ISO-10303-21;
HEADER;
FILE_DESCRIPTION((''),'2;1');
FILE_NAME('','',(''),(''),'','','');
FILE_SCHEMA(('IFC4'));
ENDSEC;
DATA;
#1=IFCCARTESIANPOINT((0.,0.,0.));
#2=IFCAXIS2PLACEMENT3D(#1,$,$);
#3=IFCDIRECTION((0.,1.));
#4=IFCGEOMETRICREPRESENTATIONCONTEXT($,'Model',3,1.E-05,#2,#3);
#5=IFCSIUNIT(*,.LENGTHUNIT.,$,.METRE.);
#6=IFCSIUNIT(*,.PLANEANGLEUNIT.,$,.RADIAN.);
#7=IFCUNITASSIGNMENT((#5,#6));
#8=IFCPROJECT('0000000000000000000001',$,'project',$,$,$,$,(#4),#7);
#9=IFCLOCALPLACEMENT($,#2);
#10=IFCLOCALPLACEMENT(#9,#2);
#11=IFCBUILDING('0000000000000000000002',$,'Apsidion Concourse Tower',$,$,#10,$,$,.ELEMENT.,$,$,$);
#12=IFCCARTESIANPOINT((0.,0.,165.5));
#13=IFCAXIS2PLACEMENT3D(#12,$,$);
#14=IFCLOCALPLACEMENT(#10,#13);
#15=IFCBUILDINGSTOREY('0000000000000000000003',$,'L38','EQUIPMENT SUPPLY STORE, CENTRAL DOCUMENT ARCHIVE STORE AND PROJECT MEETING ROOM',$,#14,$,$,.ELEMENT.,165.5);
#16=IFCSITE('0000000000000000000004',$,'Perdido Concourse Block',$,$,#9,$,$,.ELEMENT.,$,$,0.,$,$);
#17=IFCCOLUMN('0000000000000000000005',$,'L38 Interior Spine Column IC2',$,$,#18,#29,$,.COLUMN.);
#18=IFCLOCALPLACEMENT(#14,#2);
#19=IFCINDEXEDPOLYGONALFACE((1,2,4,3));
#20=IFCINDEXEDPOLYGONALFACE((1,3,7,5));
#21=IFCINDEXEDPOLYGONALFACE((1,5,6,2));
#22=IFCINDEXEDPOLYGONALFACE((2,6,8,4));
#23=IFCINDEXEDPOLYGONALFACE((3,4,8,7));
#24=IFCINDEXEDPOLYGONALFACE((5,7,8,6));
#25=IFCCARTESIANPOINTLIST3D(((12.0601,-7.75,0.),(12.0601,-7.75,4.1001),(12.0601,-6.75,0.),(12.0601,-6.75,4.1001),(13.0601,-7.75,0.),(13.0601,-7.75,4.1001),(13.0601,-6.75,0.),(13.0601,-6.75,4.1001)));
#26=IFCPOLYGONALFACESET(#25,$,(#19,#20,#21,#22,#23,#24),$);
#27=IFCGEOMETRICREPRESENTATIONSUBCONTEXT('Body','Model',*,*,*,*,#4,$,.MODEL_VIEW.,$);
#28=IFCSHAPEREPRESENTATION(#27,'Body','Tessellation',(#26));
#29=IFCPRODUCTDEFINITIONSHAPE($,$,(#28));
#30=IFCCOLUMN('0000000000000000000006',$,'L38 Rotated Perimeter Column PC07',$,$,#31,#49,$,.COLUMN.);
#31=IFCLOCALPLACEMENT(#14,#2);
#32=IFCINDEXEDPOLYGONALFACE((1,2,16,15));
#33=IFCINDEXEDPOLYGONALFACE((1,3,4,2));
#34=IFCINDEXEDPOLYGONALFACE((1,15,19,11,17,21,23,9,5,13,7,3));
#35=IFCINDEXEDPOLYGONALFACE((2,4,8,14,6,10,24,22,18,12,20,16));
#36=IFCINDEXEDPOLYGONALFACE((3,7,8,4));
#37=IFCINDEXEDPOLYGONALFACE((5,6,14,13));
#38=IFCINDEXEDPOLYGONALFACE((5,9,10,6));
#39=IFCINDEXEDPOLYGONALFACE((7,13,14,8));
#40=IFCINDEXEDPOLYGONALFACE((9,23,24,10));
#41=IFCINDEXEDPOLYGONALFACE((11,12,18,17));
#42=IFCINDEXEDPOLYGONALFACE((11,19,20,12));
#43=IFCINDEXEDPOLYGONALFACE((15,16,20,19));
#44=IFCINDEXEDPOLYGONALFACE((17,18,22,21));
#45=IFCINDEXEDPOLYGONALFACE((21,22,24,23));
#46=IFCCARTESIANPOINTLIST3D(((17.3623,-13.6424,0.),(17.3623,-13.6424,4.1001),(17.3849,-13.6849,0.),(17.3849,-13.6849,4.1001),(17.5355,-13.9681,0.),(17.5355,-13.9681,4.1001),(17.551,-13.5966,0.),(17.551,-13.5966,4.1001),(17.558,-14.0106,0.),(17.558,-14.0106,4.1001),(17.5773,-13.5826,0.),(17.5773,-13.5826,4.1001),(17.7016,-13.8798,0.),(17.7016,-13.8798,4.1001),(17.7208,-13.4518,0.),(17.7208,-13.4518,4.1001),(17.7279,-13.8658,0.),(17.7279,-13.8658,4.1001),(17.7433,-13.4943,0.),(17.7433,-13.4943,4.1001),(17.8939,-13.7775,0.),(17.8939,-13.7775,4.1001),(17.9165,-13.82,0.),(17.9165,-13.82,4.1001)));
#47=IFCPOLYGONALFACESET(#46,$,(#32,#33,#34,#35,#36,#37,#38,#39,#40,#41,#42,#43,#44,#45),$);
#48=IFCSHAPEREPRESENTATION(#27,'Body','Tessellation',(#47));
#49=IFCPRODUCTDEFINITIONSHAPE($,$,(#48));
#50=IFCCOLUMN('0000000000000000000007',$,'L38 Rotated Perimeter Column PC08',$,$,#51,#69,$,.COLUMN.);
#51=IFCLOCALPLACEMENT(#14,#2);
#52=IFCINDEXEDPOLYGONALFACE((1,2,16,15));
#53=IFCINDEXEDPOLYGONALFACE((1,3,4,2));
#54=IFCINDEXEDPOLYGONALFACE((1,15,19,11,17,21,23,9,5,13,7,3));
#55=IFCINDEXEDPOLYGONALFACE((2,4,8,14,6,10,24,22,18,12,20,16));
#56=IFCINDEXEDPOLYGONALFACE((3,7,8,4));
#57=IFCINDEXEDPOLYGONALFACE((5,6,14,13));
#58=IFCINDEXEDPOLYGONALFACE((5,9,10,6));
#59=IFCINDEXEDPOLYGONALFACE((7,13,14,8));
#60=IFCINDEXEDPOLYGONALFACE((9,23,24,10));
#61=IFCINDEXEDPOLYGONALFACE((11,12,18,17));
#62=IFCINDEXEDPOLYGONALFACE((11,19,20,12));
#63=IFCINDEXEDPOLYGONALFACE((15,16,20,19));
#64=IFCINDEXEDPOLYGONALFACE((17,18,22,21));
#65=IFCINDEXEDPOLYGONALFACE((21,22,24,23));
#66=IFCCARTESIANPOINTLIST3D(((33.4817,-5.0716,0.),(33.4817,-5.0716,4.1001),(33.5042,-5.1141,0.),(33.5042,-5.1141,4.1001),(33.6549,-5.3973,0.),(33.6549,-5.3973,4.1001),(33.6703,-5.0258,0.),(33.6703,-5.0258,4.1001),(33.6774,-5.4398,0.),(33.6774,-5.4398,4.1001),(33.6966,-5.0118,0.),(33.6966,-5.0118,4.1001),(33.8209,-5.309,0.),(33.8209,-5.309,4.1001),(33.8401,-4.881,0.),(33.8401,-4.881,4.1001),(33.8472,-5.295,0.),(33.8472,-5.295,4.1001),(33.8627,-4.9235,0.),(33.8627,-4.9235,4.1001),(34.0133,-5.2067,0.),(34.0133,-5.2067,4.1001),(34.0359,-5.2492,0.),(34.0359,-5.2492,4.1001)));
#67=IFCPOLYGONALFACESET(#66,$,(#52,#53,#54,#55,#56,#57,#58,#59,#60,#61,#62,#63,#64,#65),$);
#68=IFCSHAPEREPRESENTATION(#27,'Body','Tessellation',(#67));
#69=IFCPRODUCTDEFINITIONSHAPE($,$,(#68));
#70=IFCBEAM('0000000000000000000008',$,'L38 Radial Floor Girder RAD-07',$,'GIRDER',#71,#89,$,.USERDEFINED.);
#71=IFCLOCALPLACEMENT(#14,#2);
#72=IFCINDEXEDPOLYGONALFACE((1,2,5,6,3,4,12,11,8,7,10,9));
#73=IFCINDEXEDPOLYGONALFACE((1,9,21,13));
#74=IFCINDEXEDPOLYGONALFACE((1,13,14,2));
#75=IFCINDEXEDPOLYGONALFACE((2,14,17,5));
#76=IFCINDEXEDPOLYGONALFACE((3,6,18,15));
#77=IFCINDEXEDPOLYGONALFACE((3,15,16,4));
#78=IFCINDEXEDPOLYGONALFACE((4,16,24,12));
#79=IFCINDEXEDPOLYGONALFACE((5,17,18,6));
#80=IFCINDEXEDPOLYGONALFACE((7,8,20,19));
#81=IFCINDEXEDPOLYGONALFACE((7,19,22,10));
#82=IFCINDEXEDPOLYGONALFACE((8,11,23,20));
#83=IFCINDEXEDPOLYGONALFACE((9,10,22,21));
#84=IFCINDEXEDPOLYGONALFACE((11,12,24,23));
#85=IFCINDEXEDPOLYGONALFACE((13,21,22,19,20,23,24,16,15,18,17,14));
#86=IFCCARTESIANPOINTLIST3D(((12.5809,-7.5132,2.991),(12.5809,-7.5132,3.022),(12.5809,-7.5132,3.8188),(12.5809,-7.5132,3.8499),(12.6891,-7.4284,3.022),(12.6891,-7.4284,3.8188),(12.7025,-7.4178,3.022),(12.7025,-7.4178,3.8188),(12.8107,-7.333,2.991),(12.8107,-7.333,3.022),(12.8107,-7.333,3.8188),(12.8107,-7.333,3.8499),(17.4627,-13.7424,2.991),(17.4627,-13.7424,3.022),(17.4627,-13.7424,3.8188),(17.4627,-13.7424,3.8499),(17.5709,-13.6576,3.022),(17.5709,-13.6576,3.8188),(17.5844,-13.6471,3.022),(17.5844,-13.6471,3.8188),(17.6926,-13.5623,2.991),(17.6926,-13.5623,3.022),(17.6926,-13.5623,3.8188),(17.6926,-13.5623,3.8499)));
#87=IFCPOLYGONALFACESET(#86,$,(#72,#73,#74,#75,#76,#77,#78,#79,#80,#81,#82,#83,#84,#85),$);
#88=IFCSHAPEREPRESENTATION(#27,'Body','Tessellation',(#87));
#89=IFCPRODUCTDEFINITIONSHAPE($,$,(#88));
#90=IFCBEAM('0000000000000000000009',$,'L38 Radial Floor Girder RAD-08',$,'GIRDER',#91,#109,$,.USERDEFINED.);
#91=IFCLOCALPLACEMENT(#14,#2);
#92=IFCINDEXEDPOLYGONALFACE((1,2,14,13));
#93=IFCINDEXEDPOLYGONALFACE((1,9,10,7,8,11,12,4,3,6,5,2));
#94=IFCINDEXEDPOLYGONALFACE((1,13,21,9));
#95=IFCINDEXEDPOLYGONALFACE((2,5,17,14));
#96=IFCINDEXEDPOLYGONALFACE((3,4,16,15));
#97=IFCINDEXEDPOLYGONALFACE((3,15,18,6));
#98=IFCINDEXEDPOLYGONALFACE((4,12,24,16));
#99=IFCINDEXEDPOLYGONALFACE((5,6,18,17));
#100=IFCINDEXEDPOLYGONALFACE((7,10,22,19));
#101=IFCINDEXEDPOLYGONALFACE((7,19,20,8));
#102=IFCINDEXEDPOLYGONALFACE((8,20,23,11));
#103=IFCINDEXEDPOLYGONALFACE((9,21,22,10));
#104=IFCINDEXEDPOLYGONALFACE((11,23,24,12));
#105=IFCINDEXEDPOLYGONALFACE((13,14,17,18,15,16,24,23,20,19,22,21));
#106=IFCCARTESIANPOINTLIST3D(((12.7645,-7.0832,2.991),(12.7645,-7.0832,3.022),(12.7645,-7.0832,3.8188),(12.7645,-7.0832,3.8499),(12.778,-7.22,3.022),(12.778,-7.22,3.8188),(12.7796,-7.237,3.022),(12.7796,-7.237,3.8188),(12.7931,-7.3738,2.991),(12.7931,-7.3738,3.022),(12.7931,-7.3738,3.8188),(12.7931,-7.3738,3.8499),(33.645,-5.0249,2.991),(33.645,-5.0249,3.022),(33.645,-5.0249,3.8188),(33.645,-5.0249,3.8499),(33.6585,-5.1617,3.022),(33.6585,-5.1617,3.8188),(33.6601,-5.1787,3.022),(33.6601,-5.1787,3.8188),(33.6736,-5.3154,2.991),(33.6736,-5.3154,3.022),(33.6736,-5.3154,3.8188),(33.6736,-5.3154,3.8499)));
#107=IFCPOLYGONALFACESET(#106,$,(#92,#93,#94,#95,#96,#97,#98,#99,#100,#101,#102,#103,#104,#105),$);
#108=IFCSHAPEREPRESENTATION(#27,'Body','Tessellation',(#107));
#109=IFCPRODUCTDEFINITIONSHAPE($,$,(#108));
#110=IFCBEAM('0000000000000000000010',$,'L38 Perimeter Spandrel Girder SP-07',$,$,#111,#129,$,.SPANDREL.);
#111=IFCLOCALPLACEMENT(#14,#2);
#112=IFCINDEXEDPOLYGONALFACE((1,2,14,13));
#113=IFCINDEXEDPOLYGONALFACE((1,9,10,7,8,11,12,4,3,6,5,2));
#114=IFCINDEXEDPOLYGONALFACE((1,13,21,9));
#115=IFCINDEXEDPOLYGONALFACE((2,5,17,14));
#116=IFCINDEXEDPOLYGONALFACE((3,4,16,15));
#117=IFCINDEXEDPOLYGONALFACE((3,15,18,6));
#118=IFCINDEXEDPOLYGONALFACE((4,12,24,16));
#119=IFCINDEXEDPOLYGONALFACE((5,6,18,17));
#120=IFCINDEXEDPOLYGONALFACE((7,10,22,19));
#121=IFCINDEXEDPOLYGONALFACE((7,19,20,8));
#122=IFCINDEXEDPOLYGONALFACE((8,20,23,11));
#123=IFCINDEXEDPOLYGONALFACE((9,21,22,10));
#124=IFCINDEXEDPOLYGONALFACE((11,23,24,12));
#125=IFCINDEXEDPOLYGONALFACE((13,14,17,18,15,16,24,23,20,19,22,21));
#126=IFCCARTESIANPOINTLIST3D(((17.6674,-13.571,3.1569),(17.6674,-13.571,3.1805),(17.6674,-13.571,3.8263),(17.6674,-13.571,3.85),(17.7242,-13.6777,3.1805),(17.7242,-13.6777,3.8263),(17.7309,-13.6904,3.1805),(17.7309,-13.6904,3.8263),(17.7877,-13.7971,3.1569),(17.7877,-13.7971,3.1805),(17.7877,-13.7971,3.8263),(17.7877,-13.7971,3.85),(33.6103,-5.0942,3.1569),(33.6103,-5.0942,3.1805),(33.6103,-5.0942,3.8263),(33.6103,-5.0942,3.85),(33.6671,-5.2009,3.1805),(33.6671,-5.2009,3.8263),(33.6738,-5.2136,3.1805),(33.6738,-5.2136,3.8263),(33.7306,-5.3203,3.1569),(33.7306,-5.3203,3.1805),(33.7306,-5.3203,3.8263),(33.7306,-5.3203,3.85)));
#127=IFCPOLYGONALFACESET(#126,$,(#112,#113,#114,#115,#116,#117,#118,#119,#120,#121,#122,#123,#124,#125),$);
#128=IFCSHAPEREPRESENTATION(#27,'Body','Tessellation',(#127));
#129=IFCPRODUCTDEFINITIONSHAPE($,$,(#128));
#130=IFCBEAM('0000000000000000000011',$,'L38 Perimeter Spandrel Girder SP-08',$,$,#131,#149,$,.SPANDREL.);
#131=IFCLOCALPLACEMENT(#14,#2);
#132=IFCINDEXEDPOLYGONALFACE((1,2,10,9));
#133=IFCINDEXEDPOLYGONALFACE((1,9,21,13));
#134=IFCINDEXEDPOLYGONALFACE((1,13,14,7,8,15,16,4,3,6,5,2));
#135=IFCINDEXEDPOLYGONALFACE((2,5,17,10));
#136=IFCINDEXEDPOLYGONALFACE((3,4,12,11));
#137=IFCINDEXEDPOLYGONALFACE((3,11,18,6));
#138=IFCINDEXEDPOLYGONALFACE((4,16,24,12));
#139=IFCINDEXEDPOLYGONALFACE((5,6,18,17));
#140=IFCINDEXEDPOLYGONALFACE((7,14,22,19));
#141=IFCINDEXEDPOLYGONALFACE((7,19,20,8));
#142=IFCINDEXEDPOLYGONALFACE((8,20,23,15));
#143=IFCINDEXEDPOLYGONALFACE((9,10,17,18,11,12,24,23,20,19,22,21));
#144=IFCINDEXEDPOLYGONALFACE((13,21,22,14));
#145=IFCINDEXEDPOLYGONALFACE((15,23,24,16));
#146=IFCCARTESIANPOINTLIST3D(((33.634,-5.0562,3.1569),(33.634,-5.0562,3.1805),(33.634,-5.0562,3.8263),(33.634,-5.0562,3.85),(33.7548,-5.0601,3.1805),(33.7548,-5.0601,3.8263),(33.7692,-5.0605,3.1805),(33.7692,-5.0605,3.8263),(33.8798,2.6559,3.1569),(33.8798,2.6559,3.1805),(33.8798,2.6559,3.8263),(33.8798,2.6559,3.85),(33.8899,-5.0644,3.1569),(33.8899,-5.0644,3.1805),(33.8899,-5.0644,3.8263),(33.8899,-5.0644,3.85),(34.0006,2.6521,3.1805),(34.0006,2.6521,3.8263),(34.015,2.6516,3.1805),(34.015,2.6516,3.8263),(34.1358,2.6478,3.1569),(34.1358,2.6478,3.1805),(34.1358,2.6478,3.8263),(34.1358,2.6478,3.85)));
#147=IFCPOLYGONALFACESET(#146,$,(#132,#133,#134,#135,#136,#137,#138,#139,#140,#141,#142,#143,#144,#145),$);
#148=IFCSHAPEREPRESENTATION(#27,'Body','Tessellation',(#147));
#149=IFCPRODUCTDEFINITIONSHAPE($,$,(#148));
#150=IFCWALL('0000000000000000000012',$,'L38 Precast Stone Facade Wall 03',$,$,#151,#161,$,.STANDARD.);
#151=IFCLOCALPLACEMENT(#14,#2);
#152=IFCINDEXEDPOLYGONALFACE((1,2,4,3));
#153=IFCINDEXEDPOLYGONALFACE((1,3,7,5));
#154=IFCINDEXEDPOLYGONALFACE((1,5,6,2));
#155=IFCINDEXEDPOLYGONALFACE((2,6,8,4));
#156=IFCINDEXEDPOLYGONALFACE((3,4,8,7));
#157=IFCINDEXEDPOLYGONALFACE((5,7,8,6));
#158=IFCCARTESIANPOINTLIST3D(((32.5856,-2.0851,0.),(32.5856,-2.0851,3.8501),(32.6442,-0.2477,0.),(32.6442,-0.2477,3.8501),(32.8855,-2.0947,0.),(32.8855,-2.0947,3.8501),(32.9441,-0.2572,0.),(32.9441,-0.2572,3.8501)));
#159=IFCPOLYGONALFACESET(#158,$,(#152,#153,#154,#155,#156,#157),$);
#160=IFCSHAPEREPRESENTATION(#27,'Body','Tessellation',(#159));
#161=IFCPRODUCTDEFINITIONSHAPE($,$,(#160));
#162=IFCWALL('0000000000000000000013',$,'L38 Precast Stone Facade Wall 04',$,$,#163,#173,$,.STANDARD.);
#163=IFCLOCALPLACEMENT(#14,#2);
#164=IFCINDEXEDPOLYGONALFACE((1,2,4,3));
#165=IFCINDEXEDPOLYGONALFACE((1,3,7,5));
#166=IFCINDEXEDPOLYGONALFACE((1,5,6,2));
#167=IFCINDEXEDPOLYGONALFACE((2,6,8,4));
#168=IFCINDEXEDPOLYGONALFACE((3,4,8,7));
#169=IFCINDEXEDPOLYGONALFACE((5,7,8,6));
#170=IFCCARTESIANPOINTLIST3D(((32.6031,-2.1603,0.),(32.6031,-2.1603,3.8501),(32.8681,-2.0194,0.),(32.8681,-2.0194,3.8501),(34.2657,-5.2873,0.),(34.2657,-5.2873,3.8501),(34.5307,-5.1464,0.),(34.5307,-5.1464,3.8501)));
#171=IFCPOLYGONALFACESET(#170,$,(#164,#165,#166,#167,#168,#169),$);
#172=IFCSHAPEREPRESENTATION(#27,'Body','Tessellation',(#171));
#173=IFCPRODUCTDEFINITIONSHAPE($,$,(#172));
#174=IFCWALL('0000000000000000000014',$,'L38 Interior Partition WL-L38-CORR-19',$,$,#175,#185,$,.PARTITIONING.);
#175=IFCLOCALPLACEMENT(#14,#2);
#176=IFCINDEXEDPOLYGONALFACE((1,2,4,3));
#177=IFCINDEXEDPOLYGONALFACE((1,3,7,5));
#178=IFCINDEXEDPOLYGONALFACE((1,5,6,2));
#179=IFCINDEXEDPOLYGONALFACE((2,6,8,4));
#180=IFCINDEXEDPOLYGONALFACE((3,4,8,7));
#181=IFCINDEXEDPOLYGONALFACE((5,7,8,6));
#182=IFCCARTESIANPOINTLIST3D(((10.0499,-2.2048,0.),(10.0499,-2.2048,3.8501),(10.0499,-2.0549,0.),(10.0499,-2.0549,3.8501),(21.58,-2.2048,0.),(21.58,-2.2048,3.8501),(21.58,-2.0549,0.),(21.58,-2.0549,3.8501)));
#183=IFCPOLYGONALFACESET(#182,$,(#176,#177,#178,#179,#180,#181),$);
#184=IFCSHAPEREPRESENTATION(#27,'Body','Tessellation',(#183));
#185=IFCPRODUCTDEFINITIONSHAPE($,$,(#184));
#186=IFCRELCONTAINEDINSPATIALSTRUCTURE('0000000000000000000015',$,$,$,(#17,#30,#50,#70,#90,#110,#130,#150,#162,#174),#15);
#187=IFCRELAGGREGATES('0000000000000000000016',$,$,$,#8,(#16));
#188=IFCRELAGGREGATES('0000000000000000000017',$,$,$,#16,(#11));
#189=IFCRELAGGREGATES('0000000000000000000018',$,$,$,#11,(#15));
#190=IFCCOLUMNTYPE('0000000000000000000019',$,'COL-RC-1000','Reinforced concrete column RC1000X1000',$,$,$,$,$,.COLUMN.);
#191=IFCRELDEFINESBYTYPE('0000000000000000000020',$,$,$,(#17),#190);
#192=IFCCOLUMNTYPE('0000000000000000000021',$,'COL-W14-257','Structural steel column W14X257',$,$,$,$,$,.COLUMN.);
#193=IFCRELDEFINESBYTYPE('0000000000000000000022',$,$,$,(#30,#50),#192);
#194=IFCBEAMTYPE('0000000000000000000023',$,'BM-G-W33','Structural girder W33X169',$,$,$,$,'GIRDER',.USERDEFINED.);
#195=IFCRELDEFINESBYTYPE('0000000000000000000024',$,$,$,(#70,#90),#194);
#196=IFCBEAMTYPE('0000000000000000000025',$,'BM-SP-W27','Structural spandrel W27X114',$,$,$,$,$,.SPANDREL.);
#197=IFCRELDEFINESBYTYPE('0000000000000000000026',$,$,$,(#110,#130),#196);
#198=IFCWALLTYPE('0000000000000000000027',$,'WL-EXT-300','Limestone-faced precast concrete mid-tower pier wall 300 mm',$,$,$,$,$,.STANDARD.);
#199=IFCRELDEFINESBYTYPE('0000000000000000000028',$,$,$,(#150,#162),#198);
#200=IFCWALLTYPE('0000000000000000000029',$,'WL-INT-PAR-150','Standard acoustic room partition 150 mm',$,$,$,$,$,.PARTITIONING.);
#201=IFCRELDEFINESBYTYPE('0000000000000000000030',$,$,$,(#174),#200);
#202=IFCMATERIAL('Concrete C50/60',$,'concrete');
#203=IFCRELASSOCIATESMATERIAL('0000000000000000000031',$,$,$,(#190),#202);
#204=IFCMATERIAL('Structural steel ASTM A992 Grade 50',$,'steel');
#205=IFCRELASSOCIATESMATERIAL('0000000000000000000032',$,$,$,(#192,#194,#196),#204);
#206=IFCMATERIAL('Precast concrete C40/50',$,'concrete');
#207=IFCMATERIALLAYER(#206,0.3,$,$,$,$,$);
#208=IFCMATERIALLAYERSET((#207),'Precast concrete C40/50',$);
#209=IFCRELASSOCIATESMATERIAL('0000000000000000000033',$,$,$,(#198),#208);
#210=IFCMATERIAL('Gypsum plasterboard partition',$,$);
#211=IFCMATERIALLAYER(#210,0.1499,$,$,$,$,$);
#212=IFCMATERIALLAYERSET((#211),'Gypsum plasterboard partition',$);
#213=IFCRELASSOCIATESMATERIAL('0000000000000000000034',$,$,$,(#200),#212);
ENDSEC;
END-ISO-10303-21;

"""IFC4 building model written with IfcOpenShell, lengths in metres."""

from ifc_helpers import new_model, si_unit, direction, frame, frame_2d, origin, origin_2d, place, context, subcontext, project, spatial, rectangle, i_section, extrude, material, layer, layer_set, material_profile, profile_set, type_object, element, save


model = new_model("IFC4")

# Units and contexts
model_context = context("Model", 3, precision=1e-05, world=origin(), true_north=direction((0.0, 1.0)))
body_context = subcontext(model_context, "Body", "Model", "MODEL_VIEW")
ifc_project = project(units=[si_unit("LENGTHUNIT", "METRE"), si_unit("PLANEANGLEUNIT", "RADIAN")], contexts=[model_context])

# Site, building, storey
site_placement = place(None, origin())
site = spatial("IfcSite", under=ifc_project, at=site_placement, Name="Perdido Concourse Block", CompositionType="ELEMENT", RefElevation=0.0)
building_placement = place(site_placement, origin())
building = spatial("IfcBuilding", under=site, at=building_placement, Name="Apsidion Concourse Tower", CompositionType="ELEMENT")
storey_placement = place(building_placement, frame((0.0, 0.0, 165.5)))
storey = spatial("IfcBuildingStorey", under=building, at=storey_placement, Name="L38", Description="EQUIPMENT SUPPLY STORE, CENTRAL DOCUMENT ARCHIVE STORE AND PROJECT MEETING ROOM", CompositionType="ELEMENT", Elevation=165.5)

# Columns
ifc_material_1 = material(Name="Concrete C50/60", Category="concrete")
ifc_material_profile_1 = material_profile(ifc_material_1, rectangle(XDim=1.0, YDim=1.0, at=origin_2d()), Name="RC 1000x1000")
ifc_profile_set_1 = profile_set([ifc_material_profile_1], Name="Concrete C50/60")
column_type_1 = type_object("IfcColumnType", Name="COL-RC-1000", Description="Reinforced concrete column RC1000X1000", PredefinedType="COLUMN", material=ifc_profile_set_1)
column_placement = place(storey_placement, frame((12.5601, -7.25, 0.0), z_axis=(0.0, 0.0, 1.0), x_axis=(1.0, 0.0, 0.0)))
element("IfcColumn", 1, at=column_placement, inside=storey, type_object=column_type_1, Name="L38 Interior Spine Column IC2", PredefinedType="COLUMN", context=body_context, shape_type="SweptSolid", body=[
    extrude(rectangle(XDim=1.0, YDim=1.0, at=origin_2d()), origin(), (0.0, 0.0, 1.0), 4.1001),
])
ifc_material_2 = material(Name="Structural steel ASTM A992 Grade 50", Category="steel")
ifc_material_profile_2 = material_profile(ifc_material_2, i_section(OverallWidth=0.406, OverallDepth=0.417, WebThickness=0.0298, FlangeThickness=0.0481, at=origin_2d()), Name="W14X257")
ifc_profile_set_2 = profile_set([ifc_material_profile_2], Name="Structural steel ASTM A992 Grade 50")
column_type_2 = type_object("IfcColumnType", Name="COL-W14-257", Description="Structural steel column W14X257", PredefinedType="COLUMN", material=ifc_profile_set_2)
for number, where, z_axis, x_axis, name in (
    (2, (17.6394, -13.7312, 0.0), (0.0, 0.0, 1.0), (0.882948, 0.469472, 0.0), "L38 Rotated Perimeter Column PC07"),
    (3, (33.7588, -5.1604, 0.0), (0.0, 0.0, 1.0), (0.882948, 0.469472, 0.0), "L38 Rotated Perimeter Column PC08"),
):
    element("IfcColumn", number, at=place(storey_placement, frame(where, z_axis=z_axis, x_axis=x_axis)), inside=storey, type_object=column_type_2, Name=name, PredefinedType="COLUMN", context=body_context, shape_type="SweptSolid", body=[
        extrude(i_section(OverallWidth=0.406, OverallDepth=0.417, WebThickness=0.0298, FlangeThickness=0.0481, at=origin_2d()), origin(), (0.0, 0.0, 1.0), 4.1001),
    ])

# Beams
ifc_material_profile_3 = material_profile(ifc_material_2, i_section(OverallWidth=0.292, OverallDepth=0.8589, WebThickness=0.0171, FlangeThickness=0.031, at=origin_2d()), Name="W33X169")
ifc_profile_set_3 = profile_set([ifc_material_profile_3], Name="Structural steel ASTM A992 Grade 50")
beam_type_1 = type_object("IfcBeamType", Name="BM-G-W33", Description="Structural girder W33X169", ElementType="GIRDER", PredefinedType="USERDEFINED", material=ifc_profile_set_3)
beam_1_placement = place(storey_placement, frame((12.6958, -7.4231, 3.4204), z_axis=(0.616839, -0.78709, 0.0), x_axis=(0.78709, 0.616839, 0.0)))
element("IfcBeam", 4, at=beam_1_placement, inside=storey, type_object=beam_type_1, Name="L38 Radial Floor Girder RAD-07", ObjectType="GIRDER", PredefinedType="USERDEFINED", context=body_context, shape_type="SweptSolid", body=[
    extrude(i_section(OverallWidth=0.292, OverallDepth=0.8589, WebThickness=0.0171, FlangeThickness=0.031, at=origin_2d()), origin(), (0.0, 0.0, 1.0), 7.9143),
])
beam_2_placement = place(storey_placement, frame((12.7788, -7.2285, 3.4204), z_axis=(0.995176, 0.098103, 0.0), x_axis=(-0.098103, 0.995176, 0.0)))
element("IfcBeam", 5, at=beam_2_placement, inside=storey, type_object=beam_type_1, Name="L38 Radial Floor Girder RAD-08", ObjectType="GIRDER", PredefinedType="USERDEFINED", context=body_context, shape_type="SweptSolid", body=[
    extrude(i_section(OverallWidth=0.292, OverallDepth=0.8589, WebThickness=0.0171, FlangeThickness=0.031, at=origin_2d()), origin(), (0.0, 0.0, 1.0), 20.9817),
])
ifc_material_profile_4 = material_profile(ifc_material_2, i_section(OverallWidth=0.2561, OverallDepth=0.6931, WebThickness=0.0144, FlangeThickness=0.0237, at=origin_2d()), Name="W27X114")
ifc_profile_set_4 = profile_set([ifc_material_profile_4], Name="Structural steel ASTM A992 Grade 50")
beam_type_2 = type_object("IfcBeamType", Name="BM-SP-W27", Description="Structural spandrel W27X114", PredefinedType="SPANDREL", material=ifc_profile_set_4)
beam_3_placement = place(storey_placement, frame((17.7275, -13.6841, 3.5034), z_axis=(0.882951, 0.469464, 0.0), x_axis=(-0.469464, 0.882951, 0.0)))
element("IfcBeam", 6, at=beam_3_placement, inside=storey, type_object=beam_type_2, Name="L38 Perimeter Spandrel Girder SP-07", PredefinedType="SPANDREL", context=body_context, shape_type="SweptSolid", body=[
    extrude(i_section(OverallWidth=0.2561, OverallDepth=0.6931, WebThickness=0.0144, FlangeThickness=0.0237, at=origin_2d()), origin(), (0.0, 0.0, 1.0), 18.0564),
])
beam_4_placement = place(storey_placement, frame((33.762, -5.0603, 3.5034), z_axis=(0.031862, 0.999492, 0.0), x_axis=(-0.999492, 0.031862, 0.0)))
element("IfcBeam", 7, at=beam_4_placement, inside=storey, type_object=beam_type_2, Name="L38 Perimeter Spandrel Girder SP-08", PredefinedType="SPANDREL", context=body_context, shape_type="SweptSolid", body=[
    extrude(i_section(OverallWidth=0.2561, OverallDepth=0.6931, WebThickness=0.0144, FlangeThickness=0.0237, at=origin_2d()), origin(), (0.0, 0.0, 1.0), 7.7161),
])

# Walls
ifc_material_3 = material(Name="Precast concrete C40/50", Category="concrete")
ifc_layer_1 = layer(ifc_material_3, 0.3)
ifc_layer_set_1 = layer_set([ifc_layer_1], Name="Precast concrete C40/50")
wall_type_1 = type_object("IfcWallType", Name="WL-EXT-300", Description="Limestone-faced precast concrete mid-tower pier wall 300 mm", PredefinedType="STANDARD", material=ifc_layer_set_1)
wall_1_placement = place(storey_placement, frame((32.7942, -0.2524, 0.0), z_axis=(0.0, 0.0, 1.0), x_axis=(-0.031873, -0.999492, 0.0)))
element("IfcWall", 8, at=wall_1_placement, inside=storey, type_object=wall_type_1, Name="L38 Precast Stone Facade Wall 03", PredefinedType="STANDARD", context=body_context, shape_type="SweptSolid", body=[
    extrude(rectangle(XDim=1.8384, YDim=0.3, at=frame_2d((0.9192, 0.0))), origin(), (0.0, 0.0, 1.0), 3.8501),
])
wall_2_placement = place(storey_placement, frame((32.7356, -2.0898, 0.0), z_axis=(0.0, 0.0, 1.0), x_axis=(0.469464, -0.882951, 0.0)))
element("IfcWall", 9, at=wall_2_placement, inside=storey, type_object=wall_type_1, Name="L38 Precast Stone Facade Wall 04", PredefinedType="STANDARD", context=body_context, shape_type="SweptSolid", body=[
    extrude(rectangle(XDim=3.5415, YDim=0.3, at=frame_2d((1.7708, 0.0))), origin(), (0.0, 0.0, 1.0), 3.8501),
])

# Wall
ifc_material_4 = material(Name="Gypsum plasterboard partition")
ifc_layer_2 = layer(ifc_material_4, 0.1499)
ifc_layer_set_2 = layer_set([ifc_layer_2], Name="Gypsum plasterboard partition")
wall_type_2 = type_object("IfcWallType", Name="WL-INT-PAR-150", Description="Standard acoustic room partition 150 mm", PredefinedType="PARTITIONING", material=ifc_layer_set_2)
wall_3_placement = place(storey_placement, frame((21.5801, -2.1299, 0.0), z_axis=(0.0, 0.0, 1.0), x_axis=(-1.0, 0.0, 0.0)))
element("IfcWall", 10, at=wall_3_placement, inside=storey, type_object=wall_type_2, Name="L38 Interior Partition WL-L38-CORR-19", PredefinedType="PARTITIONING", context=body_context, shape_type="SweptSolid", body=[
    extrude(rectangle(XDim=11.53, YDim=0.1499, at=frame_2d((5.7651, 0.0))), origin(), (0.0, 0.0, 1.0), 3.8501),
])

save(model, "model.ifc")
